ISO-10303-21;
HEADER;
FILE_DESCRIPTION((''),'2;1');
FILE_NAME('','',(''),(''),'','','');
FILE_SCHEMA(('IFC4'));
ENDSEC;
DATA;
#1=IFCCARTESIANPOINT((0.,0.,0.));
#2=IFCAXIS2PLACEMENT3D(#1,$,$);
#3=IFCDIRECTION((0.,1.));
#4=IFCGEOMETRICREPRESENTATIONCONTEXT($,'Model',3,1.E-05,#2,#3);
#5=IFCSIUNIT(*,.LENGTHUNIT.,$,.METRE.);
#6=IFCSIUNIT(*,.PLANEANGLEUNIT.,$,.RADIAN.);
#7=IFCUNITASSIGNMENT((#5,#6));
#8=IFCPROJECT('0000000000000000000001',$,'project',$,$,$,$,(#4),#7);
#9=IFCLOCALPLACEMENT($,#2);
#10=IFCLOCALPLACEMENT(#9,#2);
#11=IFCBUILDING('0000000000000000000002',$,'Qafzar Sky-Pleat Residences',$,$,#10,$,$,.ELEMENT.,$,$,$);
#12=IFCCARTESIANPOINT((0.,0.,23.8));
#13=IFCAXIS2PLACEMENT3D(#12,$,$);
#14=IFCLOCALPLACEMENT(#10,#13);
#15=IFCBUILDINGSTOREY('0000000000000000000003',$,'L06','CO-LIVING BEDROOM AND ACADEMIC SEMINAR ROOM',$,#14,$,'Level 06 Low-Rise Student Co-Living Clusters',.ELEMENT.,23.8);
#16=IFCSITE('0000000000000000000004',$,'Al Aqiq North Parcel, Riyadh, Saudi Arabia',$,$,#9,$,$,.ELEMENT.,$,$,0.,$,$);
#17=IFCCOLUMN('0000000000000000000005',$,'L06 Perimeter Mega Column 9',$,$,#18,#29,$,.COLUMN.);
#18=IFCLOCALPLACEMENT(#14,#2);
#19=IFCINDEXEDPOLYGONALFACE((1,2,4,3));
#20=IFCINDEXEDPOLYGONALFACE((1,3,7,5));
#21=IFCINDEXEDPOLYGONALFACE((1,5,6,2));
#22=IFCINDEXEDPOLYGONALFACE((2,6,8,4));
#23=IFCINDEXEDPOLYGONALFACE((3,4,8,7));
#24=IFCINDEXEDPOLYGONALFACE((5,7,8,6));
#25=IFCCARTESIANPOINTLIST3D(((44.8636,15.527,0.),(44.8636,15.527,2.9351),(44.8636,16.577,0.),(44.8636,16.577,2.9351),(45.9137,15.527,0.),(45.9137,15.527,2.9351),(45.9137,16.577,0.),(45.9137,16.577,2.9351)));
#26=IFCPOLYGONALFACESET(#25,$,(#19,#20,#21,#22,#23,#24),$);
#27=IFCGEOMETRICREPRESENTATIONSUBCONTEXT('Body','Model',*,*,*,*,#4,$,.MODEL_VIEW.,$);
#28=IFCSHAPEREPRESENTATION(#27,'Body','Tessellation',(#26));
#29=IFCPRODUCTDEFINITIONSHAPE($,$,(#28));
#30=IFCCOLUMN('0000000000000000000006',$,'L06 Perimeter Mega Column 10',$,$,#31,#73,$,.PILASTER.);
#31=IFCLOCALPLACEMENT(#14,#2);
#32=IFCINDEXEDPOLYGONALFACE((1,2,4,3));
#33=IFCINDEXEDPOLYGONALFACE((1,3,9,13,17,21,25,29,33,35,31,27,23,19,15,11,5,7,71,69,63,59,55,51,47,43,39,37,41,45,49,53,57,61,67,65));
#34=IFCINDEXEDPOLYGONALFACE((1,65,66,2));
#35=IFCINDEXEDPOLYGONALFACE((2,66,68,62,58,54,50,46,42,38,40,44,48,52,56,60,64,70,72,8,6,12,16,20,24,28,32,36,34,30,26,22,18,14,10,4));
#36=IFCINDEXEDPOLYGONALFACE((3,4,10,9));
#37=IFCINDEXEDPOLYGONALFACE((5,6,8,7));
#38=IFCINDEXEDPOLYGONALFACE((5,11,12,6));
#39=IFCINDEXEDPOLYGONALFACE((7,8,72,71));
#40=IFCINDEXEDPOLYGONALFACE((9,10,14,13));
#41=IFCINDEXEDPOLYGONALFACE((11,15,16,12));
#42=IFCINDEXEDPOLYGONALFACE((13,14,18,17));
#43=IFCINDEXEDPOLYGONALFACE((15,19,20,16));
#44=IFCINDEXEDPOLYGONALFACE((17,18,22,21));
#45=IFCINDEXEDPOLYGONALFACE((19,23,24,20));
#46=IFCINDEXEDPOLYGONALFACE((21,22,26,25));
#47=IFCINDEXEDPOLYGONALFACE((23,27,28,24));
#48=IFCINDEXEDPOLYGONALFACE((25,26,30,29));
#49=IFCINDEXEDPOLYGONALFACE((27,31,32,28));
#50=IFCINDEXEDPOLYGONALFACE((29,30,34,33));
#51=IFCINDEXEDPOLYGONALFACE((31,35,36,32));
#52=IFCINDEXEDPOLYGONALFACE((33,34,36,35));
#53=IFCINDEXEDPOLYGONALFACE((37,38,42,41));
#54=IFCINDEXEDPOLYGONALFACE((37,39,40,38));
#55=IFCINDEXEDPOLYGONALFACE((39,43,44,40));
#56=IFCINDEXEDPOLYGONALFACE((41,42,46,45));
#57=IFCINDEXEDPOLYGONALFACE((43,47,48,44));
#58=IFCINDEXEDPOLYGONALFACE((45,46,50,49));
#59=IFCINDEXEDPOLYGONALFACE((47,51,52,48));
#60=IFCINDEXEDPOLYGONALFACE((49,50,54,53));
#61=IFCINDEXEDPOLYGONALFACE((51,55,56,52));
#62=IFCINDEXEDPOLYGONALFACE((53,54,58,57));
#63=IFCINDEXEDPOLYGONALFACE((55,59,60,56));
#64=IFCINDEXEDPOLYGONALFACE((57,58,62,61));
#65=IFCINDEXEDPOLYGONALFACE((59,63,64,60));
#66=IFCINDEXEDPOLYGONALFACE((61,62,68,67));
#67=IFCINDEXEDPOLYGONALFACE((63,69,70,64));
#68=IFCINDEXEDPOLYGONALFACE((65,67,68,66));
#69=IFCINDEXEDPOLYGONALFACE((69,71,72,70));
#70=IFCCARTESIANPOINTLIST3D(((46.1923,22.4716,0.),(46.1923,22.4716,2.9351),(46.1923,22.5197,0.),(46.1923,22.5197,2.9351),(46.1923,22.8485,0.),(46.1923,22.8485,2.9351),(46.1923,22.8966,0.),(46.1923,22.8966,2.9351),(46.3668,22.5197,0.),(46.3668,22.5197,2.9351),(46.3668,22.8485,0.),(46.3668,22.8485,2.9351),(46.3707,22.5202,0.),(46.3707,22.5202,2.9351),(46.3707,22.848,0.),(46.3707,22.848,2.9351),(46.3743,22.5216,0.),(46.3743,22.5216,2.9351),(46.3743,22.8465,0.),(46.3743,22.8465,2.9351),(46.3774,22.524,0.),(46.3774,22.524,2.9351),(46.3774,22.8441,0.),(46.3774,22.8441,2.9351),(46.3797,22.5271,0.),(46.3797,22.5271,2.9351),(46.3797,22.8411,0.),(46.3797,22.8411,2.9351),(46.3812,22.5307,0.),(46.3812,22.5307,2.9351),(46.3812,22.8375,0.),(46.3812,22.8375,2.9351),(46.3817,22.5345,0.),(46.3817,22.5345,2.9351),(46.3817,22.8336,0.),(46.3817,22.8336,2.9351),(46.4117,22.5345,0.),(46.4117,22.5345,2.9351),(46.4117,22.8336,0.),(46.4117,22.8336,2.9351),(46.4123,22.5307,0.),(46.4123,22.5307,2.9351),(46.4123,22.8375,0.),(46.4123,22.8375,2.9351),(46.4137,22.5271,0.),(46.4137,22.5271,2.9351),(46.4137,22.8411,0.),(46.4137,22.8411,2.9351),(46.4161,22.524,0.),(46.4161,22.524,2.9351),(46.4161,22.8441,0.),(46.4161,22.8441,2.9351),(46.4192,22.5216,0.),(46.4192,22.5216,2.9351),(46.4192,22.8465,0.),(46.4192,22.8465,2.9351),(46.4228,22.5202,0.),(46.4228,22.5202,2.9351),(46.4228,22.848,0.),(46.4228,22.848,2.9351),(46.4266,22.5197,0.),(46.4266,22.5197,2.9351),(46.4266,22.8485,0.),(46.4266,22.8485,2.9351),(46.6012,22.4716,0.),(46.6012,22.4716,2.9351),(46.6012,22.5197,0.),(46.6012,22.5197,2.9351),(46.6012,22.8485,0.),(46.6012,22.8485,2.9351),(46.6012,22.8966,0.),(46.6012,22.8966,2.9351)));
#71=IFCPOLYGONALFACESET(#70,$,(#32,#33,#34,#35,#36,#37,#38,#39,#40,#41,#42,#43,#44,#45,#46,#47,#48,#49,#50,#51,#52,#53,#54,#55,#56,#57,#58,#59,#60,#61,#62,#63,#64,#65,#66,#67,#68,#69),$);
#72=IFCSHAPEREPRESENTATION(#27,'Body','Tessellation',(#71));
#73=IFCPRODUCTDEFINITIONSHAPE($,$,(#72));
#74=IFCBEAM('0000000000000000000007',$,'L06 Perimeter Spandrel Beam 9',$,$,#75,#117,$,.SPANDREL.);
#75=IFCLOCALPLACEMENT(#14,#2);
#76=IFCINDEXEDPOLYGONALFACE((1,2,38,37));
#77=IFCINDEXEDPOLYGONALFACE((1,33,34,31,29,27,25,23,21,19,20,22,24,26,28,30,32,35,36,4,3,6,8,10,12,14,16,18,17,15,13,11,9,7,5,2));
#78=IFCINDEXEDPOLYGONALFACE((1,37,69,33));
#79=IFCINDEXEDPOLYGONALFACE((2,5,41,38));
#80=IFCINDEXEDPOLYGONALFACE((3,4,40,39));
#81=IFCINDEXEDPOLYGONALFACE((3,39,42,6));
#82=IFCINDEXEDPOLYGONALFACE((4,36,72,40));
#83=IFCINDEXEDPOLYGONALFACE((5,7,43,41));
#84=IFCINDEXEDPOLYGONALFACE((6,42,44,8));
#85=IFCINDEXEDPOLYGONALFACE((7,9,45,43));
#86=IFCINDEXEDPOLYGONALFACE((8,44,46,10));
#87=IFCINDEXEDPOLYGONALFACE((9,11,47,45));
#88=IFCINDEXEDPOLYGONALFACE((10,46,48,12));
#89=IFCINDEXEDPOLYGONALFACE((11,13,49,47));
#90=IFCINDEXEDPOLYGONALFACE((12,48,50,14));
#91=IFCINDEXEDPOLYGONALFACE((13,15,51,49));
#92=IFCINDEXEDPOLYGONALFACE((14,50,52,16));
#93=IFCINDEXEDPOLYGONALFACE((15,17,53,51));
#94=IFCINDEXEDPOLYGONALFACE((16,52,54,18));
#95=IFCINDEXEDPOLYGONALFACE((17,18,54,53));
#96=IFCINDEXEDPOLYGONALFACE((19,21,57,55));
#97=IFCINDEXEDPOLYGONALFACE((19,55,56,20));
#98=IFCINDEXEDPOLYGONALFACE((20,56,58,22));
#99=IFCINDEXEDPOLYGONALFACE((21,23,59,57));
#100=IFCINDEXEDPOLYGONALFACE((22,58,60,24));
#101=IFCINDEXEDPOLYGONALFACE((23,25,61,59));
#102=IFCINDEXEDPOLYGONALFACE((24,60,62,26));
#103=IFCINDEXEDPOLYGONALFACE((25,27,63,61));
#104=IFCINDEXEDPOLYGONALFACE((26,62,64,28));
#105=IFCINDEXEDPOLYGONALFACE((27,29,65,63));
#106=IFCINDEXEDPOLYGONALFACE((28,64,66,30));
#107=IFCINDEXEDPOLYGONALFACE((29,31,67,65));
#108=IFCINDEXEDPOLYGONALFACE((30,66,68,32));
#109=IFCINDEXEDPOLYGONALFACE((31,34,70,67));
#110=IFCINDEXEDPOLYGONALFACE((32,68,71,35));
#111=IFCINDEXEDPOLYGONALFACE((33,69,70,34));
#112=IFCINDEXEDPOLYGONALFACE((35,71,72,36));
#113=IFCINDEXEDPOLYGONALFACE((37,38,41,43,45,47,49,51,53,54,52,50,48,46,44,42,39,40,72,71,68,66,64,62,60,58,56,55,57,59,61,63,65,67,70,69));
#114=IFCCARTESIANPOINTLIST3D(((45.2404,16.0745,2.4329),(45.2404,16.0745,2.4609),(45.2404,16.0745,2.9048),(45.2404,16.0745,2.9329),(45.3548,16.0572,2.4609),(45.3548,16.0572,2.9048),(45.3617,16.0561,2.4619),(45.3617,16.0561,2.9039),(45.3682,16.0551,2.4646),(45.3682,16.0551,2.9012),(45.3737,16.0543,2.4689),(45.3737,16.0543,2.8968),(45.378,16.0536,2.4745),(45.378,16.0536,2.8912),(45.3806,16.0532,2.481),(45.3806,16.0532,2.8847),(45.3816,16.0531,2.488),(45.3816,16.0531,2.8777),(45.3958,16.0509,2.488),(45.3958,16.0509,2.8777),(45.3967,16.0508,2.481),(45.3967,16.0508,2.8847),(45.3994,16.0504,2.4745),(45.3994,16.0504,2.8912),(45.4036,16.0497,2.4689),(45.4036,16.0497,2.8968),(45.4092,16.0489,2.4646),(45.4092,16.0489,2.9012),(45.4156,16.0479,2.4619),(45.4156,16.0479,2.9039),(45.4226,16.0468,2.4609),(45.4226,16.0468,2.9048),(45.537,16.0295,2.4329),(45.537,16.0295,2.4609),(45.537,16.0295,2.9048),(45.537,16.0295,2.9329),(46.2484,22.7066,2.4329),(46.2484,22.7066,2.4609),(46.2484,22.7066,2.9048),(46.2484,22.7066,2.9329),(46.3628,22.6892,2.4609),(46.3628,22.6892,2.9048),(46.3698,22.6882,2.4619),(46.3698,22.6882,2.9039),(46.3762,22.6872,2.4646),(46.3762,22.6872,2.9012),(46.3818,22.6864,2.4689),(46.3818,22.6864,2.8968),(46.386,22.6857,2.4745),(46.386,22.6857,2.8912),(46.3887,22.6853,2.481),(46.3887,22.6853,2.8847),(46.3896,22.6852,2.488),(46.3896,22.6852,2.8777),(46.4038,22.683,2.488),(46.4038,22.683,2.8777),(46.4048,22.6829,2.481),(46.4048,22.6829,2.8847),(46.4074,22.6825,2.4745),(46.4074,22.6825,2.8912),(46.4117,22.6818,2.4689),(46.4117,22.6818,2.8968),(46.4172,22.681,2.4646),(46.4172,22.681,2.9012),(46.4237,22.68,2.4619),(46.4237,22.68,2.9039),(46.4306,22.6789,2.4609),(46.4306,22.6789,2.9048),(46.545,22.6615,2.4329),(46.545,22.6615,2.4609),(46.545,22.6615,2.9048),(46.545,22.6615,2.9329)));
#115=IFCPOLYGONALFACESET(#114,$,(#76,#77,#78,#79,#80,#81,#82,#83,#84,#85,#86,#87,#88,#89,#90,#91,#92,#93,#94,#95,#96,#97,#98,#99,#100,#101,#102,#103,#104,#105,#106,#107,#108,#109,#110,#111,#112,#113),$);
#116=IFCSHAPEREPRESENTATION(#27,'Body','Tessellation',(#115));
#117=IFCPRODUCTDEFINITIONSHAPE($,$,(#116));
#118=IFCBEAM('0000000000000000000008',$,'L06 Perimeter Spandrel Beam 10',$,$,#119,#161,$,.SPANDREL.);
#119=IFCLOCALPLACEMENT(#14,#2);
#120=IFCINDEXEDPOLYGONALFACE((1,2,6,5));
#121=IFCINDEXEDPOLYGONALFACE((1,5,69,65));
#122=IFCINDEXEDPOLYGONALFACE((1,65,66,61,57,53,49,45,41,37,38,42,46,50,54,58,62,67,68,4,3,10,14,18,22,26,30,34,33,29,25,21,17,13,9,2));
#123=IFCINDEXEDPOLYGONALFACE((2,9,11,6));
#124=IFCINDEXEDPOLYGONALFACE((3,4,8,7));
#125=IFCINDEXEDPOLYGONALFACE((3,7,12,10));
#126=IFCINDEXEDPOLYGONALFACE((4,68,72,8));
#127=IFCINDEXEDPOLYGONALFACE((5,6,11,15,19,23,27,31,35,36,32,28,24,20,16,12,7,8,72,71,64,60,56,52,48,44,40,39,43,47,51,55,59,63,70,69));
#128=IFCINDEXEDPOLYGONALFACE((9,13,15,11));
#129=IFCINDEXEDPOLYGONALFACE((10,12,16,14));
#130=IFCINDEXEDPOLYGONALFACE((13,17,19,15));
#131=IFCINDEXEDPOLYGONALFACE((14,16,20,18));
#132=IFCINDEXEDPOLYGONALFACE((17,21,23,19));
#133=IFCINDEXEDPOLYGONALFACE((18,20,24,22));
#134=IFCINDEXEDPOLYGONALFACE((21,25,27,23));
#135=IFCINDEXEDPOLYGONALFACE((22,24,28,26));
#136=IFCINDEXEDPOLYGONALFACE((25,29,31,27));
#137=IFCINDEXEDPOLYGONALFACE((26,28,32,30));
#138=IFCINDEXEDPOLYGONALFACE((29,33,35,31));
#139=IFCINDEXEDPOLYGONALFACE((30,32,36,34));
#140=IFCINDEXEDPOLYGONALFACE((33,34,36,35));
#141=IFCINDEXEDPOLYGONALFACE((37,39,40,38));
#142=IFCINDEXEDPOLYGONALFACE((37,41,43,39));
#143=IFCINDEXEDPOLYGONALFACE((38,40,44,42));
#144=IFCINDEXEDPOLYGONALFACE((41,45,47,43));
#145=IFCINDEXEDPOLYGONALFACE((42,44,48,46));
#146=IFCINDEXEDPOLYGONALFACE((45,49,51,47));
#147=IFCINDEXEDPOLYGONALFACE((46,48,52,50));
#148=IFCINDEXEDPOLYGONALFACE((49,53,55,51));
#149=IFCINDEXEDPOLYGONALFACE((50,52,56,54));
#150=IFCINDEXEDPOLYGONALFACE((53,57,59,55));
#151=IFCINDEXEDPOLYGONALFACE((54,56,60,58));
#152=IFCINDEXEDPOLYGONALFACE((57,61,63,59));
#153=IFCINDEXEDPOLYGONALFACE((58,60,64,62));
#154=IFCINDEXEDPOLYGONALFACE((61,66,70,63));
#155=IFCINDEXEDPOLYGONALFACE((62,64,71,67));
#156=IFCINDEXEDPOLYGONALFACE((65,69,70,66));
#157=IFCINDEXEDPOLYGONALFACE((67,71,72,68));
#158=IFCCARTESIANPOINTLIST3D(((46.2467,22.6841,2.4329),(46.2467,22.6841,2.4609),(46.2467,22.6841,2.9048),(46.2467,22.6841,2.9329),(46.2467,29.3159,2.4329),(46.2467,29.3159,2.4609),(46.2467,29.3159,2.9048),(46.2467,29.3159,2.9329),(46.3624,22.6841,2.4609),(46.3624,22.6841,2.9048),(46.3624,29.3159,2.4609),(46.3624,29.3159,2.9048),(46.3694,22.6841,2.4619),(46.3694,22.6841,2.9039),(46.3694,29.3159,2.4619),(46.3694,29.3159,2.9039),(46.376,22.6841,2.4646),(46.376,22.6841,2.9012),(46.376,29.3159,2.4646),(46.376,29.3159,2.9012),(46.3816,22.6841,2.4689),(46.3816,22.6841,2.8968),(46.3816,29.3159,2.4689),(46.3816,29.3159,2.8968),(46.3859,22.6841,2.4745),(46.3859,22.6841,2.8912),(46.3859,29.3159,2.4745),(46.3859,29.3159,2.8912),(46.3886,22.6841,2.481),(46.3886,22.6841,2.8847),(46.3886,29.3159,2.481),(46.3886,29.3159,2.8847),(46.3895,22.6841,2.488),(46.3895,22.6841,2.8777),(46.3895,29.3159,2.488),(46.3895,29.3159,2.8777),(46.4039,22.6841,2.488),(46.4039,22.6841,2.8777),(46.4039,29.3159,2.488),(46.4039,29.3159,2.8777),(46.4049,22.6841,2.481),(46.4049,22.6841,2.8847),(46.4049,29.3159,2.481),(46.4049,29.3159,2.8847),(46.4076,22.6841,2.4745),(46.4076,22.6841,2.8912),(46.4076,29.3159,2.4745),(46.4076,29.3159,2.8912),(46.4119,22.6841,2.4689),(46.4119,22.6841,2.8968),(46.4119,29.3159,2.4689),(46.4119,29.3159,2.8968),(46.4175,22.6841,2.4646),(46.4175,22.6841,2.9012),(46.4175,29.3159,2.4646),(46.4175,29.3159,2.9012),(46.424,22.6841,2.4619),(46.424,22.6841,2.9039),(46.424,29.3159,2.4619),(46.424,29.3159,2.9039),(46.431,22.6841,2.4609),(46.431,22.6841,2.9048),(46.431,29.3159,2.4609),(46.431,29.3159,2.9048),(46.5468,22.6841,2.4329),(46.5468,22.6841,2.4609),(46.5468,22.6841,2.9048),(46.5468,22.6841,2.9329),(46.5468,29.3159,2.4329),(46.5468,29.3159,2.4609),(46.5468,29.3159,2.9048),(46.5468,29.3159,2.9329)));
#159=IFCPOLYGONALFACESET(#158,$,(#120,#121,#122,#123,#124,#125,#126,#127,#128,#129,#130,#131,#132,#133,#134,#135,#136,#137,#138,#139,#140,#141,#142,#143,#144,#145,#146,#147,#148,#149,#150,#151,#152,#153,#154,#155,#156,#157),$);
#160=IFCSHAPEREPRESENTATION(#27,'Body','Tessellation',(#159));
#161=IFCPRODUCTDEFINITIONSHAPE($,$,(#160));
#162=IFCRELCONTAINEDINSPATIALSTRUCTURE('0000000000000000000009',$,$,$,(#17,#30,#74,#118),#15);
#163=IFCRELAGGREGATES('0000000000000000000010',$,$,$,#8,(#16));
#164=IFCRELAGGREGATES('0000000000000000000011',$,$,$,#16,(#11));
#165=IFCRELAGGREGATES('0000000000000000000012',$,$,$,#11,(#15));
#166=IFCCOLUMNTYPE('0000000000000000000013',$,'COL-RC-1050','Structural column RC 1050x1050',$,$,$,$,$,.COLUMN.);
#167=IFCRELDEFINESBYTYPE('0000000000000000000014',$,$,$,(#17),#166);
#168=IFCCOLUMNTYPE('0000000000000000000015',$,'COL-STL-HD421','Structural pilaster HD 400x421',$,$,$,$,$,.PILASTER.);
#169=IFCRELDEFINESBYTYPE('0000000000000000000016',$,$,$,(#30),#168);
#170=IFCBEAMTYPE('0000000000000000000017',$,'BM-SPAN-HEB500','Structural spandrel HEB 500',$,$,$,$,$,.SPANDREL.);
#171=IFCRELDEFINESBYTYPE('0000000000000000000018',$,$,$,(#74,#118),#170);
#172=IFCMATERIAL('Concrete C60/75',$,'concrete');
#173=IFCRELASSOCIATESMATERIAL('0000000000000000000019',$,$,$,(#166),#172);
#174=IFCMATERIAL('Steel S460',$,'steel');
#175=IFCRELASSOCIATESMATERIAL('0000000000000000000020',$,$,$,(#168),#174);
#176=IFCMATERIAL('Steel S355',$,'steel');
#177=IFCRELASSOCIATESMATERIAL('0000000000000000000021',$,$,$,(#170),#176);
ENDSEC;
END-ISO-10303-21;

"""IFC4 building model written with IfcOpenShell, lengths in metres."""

from ifc_helpers import new_model, si_unit, direction, frame, origin, origin_2d, place, context, subcontext, project, spatial, rectangle, i_section, extrude, source, transform, mapped, material, material_profile, profile_set, type_object, element, save


model = new_model("IFC4")

# Units and contexts
model_context = context("Model", 3, precision=1e-05, world=origin(), true_north=direction((0.0, 1.0)))
body_context = subcontext(model_context, "Body", "Model", "MODEL_VIEW")
ifc_project = project(units=[si_unit("LENGTHUNIT", "METRE"), si_unit("PLANEANGLEUNIT", "RADIAN")], contexts=[model_context])

# Site, building, storey
site_placement = place(None, origin())
site = spatial("IfcSite", under=ifc_project, at=site_placement, Name="Al Aqiq North Parcel, Riyadh, Saudi Arabia", CompositionType="ELEMENT", RefElevation=0.0)
building_placement = place(site_placement, origin())
building = spatial("IfcBuilding", under=site, at=building_placement, Name="Qafzar Sky-Pleat Residences", CompositionType="ELEMENT")
storey_placement = place(building_placement, frame((0.0, 0.0, 23.8)))
storey = spatial("IfcBuildingStorey", under=building, at=storey_placement, Name="L06", Description="CO-LIVING BEDROOM AND ACADEMIC SEMINAR ROOM", LongName="Level 06 Low-Rise Student Co-Living Clusters", CompositionType="ELEMENT", Elevation=23.8)

# Columns
ifc_material_1 = material(Name="Concrete C60/75", Category="concrete")
ifc_material_profile_1 = material_profile(ifc_material_1, rectangle(XDim=1.05, YDim=1.05, at=origin_2d()), Name="RC 1050x1050")
ifc_profile_set_1 = profile_set([ifc_material_profile_1], Name="Concrete C60/75")
column_type_1 = type_object("IfcColumnType", Name="COL-RC-1050", Description="Structural column RC 1050x1050", PredefinedType="COLUMN", material=ifc_profile_set_1)
shared_shape_1 = source(origin(), body_context, "Body", "SweptSolid", [
    extrude(rectangle(XDim=1.05, YDim=1.05, at=origin_2d()), origin(), (0.0, 0.0, 1.0), 2.9351),
])
column_1_placement = place(storey_placement, frame((45.3887, 16.052, 0.0), z_axis=(0.0, 0.0, 1.0), x_axis=(1.0, 0.0, 0.0)))
element("IfcColumn", 1, at=column_1_placement, inside=storey, type_object=column_type_1, Name="L06 Perimeter Mega Column 9", PredefinedType="COLUMN", context=body_context, shape_type="MappedRepresentation", body=[
    mapped(shared_shape_1, transform((0.0, 0.0, 0.0), x_axis=(1.0, 0.0, 0.0), y_axis=(0.0, 1.0, 0.0), z_axis=(0.0, 0.0, 1.0), scale=1.0)),
])
ifc_material_2 = material(Name="Steel S460", Category="steel")
ifc_material_profile_2 = material_profile(ifc_material_2, i_section(OverallWidth=0.4089, OverallDepth=0.425, WebThickness=0.03, FlangeThickness=0.0481, FilletRadius=0.0149, at=origin_2d()), Name="HD 400x421")
ifc_profile_set_2 = profile_set([ifc_material_profile_2], Name="Steel S460")
column_type_2 = type_object("IfcColumnType", Name="COL-STL-HD421", Description="Structural pilaster HD 400x421", PredefinedType="PILASTER", material=ifc_profile_set_2)
shared_shape_2 = source(origin(), body_context, "Body", "SweptSolid", [
    extrude(i_section(OverallWidth=0.4089, OverallDepth=0.425, WebThickness=0.03, FlangeThickness=0.0481, FilletRadius=0.0149, at=origin_2d()), origin(), (0.0, 0.0, 1.0), 2.9351),
])
column_2_placement = place(storey_placement, frame((46.3967, 22.6841, 0.0), z_axis=(0.0, 0.0, 1.0), x_axis=(1.0, 0.0, 0.0)))
element("IfcColumn", 2, at=column_2_placement, inside=storey, type_object=column_type_2, Name="L06 Perimeter Mega Column 10", PredefinedType="PILASTER", context=body_context, shape_type="MappedRepresentation", body=[
    mapped(shared_shape_2, transform((0.0, 0.0, 0.0), x_axis=(1.0, 0.0, 0.0), y_axis=(0.0, 1.0, 0.0), z_axis=(0.0, 0.0, 1.0), scale=1.0)),
])

# Beams
ifc_material_3 = material(Name="Steel S355", Category="steel")
ifc_material_profile_3 = material_profile(ifc_material_3, i_section(OverallWidth=0.3, OverallDepth=0.5, WebThickness=0.0144, FlangeThickness=0.0281, FilletRadius=0.0271, at=origin_2d()), Name="HEB 500")
ifc_profile_set_3 = profile_set([ifc_material_profile_3], Name="Steel S355")
beam_type_1 = type_object("IfcBeamType", Name="BM-SPAN-HEB500", Description="Structural spandrel HEB 500", PredefinedType="SPANDREL", material=ifc_profile_set_3)
shared_shape_3 = source(origin(), body_context, "Body", "SweptSolid", [
    extrude(i_section(OverallWidth=0.3, OverallDepth=0.5, WebThickness=0.0144, FlangeThickness=0.0281, FilletRadius=0.0271, at=origin_2d()), origin(), (0.0, 0.0, 1.0), 6.7083),
])
beam_1_placement = place(storey_placement, frame((45.3887, 16.052, 2.6829), z_axis=(0.150271, 0.988645, 0.0), x_axis=(-0.988645, 0.150271, 0.0)))
element("IfcBeam", 3, at=beam_1_placement, inside=storey, type_object=beam_type_1, Name="L06 Perimeter Spandrel Beam 9", PredefinedType="SPANDREL", context=body_context, shape_type="MappedRepresentation", body=[
    mapped(shared_shape_3, transform((0.0, 0.0, 0.0), x_axis=(1.0, 0.0, 0.0), y_axis=(0.0, 1.0, 0.0), z_axis=(0.0, 0.0, 1.0), scale=1.0)),
])
shared_shape_4 = source(origin(), body_context, "Body", "SweptSolid", [
    extrude(i_section(OverallWidth=0.3, OverallDepth=0.5, WebThickness=0.0144, FlangeThickness=0.0281, FilletRadius=0.0271, at=origin_2d()), origin(), (0.0, 0.0, 1.0), 6.6318),
])
beam_2_placement = place(storey_placement, frame((46.3967, 22.6841, 2.6829), z_axis=(0.0, 1.0, 0.0), x_axis=(-1.0, 0.0, 0.0)))
element("IfcBeam", 4, at=beam_2_placement, inside=storey, type_object=beam_type_1, Name="L06 Perimeter Spandrel Beam 10", PredefinedType="SPANDREL", context=body_context, shape_type="MappedRepresentation", body=[
    mapped(shared_shape_4, transform((0.0, 0.0, 0.0), x_axis=(1.0, 0.0, 0.0), y_axis=(0.0, 1.0, 0.0), z_axis=(0.0, 0.0, 1.0), scale=1.0)),
])

save(model, "model.ifc")
